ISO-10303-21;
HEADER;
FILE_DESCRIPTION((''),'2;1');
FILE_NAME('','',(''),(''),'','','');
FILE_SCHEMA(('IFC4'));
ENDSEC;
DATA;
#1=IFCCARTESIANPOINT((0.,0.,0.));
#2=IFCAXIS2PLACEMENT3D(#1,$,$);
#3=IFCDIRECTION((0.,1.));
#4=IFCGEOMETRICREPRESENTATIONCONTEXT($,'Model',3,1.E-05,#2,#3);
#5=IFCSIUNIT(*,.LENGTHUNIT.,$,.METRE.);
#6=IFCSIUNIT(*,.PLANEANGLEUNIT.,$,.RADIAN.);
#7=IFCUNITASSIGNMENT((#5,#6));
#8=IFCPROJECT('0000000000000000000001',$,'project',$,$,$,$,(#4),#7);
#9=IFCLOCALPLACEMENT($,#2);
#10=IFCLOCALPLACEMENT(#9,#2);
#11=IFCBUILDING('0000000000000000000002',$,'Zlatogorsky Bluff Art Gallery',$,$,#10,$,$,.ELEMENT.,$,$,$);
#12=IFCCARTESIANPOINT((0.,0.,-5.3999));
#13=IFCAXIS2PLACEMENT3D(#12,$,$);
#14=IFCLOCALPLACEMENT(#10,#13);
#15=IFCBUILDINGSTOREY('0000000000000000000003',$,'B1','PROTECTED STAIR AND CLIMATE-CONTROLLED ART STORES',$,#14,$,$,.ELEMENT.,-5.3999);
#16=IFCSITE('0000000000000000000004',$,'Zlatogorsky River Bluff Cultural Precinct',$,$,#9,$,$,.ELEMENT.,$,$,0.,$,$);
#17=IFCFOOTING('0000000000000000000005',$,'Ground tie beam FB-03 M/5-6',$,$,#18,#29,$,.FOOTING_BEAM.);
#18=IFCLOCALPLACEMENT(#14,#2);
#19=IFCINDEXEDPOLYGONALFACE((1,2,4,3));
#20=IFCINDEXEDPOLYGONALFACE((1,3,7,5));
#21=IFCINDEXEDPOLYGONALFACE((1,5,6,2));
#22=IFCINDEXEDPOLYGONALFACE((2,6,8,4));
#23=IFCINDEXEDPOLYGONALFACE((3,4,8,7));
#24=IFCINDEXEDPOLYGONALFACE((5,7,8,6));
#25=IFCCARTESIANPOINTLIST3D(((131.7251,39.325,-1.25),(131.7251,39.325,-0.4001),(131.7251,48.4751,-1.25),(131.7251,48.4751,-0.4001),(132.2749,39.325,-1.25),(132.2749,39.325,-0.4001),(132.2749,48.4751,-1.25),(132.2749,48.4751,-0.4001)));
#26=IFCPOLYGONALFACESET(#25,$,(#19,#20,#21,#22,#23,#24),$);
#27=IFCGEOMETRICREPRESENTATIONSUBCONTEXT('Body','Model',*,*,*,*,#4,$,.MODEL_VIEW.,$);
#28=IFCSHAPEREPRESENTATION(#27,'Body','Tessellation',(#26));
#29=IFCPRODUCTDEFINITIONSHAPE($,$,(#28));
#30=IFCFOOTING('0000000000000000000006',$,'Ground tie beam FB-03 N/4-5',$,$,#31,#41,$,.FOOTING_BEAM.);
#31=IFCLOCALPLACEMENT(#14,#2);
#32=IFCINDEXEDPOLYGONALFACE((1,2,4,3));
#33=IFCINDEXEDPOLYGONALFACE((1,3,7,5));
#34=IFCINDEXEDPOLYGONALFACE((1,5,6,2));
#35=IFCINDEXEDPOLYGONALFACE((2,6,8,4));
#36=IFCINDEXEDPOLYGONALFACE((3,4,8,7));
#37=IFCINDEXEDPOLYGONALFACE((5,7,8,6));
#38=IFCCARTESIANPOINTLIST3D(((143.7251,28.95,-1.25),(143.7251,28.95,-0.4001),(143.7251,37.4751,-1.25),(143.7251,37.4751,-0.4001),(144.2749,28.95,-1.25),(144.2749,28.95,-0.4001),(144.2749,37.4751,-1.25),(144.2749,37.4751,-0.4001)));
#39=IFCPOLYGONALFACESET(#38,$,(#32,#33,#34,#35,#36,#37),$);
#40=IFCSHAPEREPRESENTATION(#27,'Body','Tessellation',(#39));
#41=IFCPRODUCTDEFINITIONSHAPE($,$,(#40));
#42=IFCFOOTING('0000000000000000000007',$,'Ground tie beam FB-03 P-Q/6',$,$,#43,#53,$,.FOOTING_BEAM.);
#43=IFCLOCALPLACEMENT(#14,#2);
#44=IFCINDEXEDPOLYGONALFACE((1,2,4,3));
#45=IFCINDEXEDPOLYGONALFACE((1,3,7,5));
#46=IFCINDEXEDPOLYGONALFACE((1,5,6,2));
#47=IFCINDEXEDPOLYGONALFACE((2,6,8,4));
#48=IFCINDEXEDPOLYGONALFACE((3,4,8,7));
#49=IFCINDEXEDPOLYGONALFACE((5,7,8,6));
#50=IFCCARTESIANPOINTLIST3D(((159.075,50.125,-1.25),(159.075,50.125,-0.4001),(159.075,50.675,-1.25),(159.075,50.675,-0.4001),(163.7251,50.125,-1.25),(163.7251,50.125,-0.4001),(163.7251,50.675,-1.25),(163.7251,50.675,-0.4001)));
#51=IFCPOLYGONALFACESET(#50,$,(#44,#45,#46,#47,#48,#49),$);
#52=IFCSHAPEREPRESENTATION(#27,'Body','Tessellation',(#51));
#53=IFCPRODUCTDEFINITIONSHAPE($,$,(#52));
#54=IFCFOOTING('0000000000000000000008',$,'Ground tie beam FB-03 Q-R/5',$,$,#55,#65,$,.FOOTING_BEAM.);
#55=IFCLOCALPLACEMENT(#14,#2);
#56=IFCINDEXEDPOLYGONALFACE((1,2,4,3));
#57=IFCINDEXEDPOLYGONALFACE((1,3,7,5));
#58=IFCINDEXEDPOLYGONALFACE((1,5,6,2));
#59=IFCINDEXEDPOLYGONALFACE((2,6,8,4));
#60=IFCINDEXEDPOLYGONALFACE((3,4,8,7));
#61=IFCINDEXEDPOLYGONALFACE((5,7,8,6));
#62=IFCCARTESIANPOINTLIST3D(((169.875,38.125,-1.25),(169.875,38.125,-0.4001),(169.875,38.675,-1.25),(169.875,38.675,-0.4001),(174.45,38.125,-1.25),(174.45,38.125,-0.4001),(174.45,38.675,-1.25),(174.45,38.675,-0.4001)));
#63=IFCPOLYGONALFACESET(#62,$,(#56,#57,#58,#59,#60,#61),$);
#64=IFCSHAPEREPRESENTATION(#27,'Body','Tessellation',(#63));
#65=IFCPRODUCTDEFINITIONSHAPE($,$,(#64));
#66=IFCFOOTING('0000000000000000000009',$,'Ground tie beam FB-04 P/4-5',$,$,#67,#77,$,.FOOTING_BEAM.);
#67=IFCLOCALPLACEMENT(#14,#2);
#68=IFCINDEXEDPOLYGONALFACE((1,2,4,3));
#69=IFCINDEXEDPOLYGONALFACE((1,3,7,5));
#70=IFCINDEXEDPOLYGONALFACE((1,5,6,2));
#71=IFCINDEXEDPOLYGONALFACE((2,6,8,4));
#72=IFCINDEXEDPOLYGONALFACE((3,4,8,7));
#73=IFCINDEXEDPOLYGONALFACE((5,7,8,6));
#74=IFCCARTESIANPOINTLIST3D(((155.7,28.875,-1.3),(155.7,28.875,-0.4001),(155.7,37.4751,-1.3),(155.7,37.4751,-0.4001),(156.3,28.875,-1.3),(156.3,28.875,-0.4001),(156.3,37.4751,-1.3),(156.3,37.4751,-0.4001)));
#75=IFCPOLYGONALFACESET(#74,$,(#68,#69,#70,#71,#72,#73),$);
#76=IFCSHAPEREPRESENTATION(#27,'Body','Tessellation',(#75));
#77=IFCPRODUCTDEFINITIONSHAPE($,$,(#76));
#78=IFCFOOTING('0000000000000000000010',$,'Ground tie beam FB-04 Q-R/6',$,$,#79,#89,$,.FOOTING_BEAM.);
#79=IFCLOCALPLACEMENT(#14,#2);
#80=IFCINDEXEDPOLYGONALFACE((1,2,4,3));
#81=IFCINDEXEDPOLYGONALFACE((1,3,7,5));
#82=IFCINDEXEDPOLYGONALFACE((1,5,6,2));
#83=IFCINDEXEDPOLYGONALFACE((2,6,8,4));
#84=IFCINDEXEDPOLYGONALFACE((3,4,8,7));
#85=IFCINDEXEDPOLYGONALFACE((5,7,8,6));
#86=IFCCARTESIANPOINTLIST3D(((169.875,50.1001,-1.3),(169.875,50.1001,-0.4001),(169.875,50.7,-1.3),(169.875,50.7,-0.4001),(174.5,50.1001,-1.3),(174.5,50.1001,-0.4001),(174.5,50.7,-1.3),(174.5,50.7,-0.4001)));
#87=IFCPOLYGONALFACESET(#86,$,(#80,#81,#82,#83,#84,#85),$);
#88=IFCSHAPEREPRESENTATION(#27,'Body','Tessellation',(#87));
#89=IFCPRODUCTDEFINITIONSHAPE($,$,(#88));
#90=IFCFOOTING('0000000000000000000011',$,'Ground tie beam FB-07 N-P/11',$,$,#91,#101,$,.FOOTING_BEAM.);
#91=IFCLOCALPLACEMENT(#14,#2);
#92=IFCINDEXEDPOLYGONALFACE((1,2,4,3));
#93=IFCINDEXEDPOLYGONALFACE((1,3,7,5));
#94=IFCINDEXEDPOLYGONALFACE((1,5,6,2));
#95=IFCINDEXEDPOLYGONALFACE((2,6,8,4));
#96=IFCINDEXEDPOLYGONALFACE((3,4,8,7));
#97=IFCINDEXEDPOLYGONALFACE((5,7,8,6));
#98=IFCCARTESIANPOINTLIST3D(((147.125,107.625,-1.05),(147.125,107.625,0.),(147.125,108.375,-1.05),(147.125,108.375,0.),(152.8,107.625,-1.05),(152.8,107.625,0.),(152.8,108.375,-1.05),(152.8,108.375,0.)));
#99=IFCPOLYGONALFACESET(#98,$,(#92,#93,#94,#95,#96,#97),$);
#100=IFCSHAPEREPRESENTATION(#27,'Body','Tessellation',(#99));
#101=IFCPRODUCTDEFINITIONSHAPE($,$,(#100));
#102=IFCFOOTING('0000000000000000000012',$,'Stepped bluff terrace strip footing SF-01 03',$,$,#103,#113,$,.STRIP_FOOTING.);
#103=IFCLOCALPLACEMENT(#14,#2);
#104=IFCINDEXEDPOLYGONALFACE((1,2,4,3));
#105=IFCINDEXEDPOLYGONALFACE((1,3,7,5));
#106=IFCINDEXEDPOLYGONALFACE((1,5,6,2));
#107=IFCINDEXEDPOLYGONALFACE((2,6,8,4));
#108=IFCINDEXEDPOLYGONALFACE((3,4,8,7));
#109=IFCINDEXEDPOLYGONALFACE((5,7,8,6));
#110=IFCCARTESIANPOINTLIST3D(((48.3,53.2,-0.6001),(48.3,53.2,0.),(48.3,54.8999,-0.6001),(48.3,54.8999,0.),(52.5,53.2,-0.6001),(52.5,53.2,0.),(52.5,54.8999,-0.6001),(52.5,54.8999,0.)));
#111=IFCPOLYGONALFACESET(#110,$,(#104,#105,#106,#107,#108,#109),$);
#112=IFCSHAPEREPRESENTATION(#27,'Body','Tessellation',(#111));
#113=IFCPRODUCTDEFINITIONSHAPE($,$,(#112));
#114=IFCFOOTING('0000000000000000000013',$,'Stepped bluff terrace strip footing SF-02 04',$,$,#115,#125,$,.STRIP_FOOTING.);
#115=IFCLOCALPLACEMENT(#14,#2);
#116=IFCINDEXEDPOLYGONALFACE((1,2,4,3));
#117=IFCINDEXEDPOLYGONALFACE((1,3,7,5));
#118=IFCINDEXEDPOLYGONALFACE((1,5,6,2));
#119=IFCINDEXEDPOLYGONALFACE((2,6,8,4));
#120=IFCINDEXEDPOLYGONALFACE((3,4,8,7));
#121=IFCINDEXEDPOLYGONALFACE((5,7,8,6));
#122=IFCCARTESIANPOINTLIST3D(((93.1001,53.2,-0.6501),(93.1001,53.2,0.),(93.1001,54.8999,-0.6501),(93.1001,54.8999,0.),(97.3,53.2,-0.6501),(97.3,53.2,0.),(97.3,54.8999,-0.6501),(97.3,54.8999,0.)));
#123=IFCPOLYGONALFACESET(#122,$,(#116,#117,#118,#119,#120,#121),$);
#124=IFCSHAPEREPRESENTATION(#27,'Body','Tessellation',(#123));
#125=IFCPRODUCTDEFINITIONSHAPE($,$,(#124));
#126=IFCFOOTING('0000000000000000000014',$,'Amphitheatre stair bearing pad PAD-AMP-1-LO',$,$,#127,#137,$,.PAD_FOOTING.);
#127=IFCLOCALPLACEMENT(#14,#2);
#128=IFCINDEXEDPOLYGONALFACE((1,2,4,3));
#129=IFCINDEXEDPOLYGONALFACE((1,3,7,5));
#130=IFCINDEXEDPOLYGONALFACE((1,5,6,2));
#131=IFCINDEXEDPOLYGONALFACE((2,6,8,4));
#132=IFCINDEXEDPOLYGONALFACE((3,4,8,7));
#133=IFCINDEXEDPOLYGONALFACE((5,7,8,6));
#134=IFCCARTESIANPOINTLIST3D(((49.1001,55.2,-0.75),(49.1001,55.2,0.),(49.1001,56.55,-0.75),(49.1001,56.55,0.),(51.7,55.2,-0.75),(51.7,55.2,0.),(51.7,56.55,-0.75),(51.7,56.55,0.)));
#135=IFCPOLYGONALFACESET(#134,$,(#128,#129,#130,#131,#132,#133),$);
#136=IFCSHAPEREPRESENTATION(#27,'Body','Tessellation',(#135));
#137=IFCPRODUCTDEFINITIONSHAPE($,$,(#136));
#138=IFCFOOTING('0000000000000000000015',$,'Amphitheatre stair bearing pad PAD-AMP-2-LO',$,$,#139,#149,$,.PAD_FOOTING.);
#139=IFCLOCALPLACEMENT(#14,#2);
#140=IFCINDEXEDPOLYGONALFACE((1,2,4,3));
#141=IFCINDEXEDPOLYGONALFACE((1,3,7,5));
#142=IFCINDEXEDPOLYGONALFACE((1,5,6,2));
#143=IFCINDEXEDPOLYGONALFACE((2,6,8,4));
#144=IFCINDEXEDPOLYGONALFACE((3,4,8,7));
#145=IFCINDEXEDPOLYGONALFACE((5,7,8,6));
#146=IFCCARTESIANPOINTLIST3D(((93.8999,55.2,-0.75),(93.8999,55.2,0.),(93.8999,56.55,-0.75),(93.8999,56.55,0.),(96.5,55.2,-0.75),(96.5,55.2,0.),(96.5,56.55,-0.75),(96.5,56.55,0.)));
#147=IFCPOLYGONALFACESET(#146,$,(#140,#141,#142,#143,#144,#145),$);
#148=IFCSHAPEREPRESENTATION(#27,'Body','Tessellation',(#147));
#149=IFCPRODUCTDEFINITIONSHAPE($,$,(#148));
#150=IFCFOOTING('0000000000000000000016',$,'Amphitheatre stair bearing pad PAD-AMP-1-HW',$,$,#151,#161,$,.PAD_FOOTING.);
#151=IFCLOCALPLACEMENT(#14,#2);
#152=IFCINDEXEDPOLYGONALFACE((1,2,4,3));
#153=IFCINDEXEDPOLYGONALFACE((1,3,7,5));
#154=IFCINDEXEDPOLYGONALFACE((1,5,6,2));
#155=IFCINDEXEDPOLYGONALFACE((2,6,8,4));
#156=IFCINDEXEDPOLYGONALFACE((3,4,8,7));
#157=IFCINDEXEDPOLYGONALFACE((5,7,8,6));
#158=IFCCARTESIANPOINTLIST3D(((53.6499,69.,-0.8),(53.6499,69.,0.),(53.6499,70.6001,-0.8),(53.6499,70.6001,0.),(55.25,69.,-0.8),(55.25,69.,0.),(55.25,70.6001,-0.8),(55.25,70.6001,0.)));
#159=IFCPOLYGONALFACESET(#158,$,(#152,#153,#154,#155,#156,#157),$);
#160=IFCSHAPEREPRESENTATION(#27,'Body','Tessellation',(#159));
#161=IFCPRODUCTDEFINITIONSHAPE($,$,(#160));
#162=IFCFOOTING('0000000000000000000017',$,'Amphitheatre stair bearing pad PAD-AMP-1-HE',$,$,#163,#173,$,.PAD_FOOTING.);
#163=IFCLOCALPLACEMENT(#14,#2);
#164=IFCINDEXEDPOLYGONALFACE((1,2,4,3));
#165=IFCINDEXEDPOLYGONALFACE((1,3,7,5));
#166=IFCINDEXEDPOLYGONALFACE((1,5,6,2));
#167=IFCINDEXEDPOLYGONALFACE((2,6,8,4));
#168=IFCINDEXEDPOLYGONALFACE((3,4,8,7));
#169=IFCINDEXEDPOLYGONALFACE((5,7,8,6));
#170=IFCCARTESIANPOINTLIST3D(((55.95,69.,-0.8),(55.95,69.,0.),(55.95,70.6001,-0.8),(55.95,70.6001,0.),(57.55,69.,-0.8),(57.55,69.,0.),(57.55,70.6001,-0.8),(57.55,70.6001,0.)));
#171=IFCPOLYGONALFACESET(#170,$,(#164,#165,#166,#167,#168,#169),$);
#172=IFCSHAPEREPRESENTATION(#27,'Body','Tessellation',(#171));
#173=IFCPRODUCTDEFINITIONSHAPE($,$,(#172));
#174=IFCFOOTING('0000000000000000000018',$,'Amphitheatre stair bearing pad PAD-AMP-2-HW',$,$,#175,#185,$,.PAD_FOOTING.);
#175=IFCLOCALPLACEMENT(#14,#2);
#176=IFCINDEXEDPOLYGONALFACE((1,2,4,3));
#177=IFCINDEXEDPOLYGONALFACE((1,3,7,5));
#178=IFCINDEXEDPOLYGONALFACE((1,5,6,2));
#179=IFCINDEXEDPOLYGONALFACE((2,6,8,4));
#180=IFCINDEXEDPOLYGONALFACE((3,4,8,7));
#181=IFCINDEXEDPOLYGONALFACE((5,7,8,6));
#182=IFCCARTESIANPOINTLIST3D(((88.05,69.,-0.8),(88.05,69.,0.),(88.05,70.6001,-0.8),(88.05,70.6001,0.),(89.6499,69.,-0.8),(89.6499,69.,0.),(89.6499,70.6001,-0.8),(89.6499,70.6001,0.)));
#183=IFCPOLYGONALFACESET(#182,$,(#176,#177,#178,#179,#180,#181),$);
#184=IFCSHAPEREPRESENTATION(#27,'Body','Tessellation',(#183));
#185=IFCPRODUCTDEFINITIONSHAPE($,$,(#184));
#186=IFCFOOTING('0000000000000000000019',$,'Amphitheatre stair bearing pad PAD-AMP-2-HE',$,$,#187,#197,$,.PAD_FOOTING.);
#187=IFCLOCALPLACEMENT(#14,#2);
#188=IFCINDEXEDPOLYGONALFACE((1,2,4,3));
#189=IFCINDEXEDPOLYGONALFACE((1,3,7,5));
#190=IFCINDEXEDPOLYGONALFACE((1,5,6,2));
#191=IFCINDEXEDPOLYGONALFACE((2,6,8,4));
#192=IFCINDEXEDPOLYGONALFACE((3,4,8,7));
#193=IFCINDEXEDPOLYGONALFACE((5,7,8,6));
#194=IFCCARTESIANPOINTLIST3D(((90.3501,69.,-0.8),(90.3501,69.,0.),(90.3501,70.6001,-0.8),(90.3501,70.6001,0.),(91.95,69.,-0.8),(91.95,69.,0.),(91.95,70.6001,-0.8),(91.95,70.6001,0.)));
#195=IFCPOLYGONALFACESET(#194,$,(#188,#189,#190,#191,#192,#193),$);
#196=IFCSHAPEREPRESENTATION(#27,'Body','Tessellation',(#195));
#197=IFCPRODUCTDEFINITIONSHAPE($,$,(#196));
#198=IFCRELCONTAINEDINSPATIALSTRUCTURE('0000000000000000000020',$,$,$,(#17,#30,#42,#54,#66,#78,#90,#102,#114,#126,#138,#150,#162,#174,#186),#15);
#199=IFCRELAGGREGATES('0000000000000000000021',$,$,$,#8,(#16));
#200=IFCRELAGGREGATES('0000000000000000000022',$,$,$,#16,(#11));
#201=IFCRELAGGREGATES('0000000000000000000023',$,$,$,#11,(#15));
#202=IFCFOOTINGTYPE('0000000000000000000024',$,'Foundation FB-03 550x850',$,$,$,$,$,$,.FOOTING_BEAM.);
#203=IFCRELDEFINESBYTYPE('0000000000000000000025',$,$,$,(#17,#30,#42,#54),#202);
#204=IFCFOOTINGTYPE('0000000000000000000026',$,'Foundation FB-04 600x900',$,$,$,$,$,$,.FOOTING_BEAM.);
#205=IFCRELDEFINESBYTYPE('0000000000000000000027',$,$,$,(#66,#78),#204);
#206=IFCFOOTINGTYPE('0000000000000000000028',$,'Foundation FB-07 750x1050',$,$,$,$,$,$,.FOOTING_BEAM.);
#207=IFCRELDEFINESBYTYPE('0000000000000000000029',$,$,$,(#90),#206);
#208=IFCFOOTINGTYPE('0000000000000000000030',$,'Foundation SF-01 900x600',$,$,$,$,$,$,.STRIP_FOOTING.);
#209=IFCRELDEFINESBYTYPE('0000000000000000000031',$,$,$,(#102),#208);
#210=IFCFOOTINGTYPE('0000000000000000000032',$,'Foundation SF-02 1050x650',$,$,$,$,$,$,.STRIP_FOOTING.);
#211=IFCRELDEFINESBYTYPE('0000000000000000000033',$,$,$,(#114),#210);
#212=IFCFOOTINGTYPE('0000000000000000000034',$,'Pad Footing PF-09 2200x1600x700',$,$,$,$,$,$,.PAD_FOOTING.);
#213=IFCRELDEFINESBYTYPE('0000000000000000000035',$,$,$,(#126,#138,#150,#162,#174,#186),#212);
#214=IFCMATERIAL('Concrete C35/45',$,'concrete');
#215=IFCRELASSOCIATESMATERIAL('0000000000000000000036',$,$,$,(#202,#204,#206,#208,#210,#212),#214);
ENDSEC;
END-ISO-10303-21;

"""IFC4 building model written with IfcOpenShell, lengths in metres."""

from ifc_helpers import new_model, si_unit, direction, frame, origin, place, context, subcontext, project, spatial, polyline, outline, extrude, material, type_object, element, save


model = new_model("IFC4")

# Units and contexts
model_context = context("Model", 3, precision=1e-05, world=origin(), true_north=direction((0.0, 1.0)))
body_context = subcontext(model_context, "Body", "Model", "MODEL_VIEW")
ifc_project = project(units=[si_unit("LENGTHUNIT", "METRE"), si_unit("PLANEANGLEUNIT", "RADIAN")], contexts=[model_context])

# Site, building, storey
site_placement = place(None, origin())
site = spatial("IfcSite", under=ifc_project, at=site_placement, Name="Zlatogorsky River Bluff Cultural Precinct", CompositionType="ELEMENT", RefElevation=0.0)
building_placement = place(site_placement, origin())
building = spatial("IfcBuilding", under=site, at=building_placement, Name="Zlatogorsky Bluff Art Gallery", CompositionType="ELEMENT")
storey_placement = place(building_placement, frame((0.0, 0.0, -5.3999)))
storey = spatial("IfcBuildingStorey", under=building, at=storey_placement, Name="B1", Description="PROTECTED STAIR AND CLIMATE-CONTROLLED ART STORES", CompositionType="ELEMENT", Elevation=-5.3999)

# Footings
ifc_material = material(Name="Concrete C35/45", Category="concrete")
footing_type_1 = type_object("IfcFootingType", Name="Foundation FB-03 550x850", PredefinedType="FOOTING_BEAM", material=ifc_material)
footing_1_placement = place(storey_placement, frame((0.0, 0.0, -1.25)))
element("IfcFooting", 1, at=footing_1_placement, inside=storey, type_object=footing_type_1, Name="Ground tie beam FB-03 M/5-6", PredefinedType="FOOTING_BEAM", context=body_context, shape_type="SweptSolid", body=[
    extrude(outline(polyline([(131.7251, 39.325), (132.2749, 39.325), (132.2749, 48.4751), (131.7251, 48.4751), (131.7251, 39.325)])), origin(), (0.0, 0.0, 1.0), 0.8499),
])
footing_2_placement = place(storey_placement, frame((0.0, 0.0, -1.25)))
element("IfcFooting", 2, at=footing_2_placement, inside=storey, type_object=footing_type_1, Name="Ground tie beam FB-03 N/4-5", PredefinedType="FOOTING_BEAM", context=body_context, shape_type="SweptSolid", body=[
    extrude(outline(polyline([(143.7251, 28.95), (144.2749, 28.95), (144.2749, 37.4751), (143.7251, 37.4751), (143.7251, 28.95)])), origin(), (0.0, 0.0, 1.0), 0.8499),
])
footing_3_placement = place(storey_placement, frame((0.0, 0.0, -1.25)))
element("IfcFooting", 3, at=footing_3_placement, inside=storey, type_object=footing_type_1, Name="Ground tie beam FB-03 P-Q/6", PredefinedType="FOOTING_BEAM", context=body_context, shape_type="SweptSolid", body=[
    extrude(outline(polyline([(159.075, 50.125), (163.7251, 50.125), (163.7251, 50.675), (159.075, 50.675), (159.075, 50.125)])), origin(), (0.0, 0.0, 1.0), 0.8499),
])
footing_4_placement = place(storey_placement, frame((0.0, 0.0, -1.25)))
element("IfcFooting", 4, at=footing_4_placement, inside=storey, type_object=footing_type_1, Name="Ground tie beam FB-03 Q-R/5", PredefinedType="FOOTING_BEAM", context=body_context, shape_type="SweptSolid", body=[
    extrude(outline(polyline([(169.875, 38.125), (174.45, 38.125), (174.45, 38.675), (169.875, 38.675), (169.875, 38.125)])), origin(), (0.0, 0.0, 1.0), 0.8499),
])
footing_type_2 = type_object("IfcFootingType", Name="Foundation FB-04 600x900", PredefinedType="FOOTING_BEAM", material=ifc_material)
footing_5_placement = place(storey_placement, frame((0.0, 0.0, -1.3)))
element("IfcFooting", 5, at=footing_5_placement, inside=storey, type_object=footing_type_2, Name="Ground tie beam FB-04 P/4-5", PredefinedType="FOOTING_BEAM", context=body_context, shape_type="SweptSolid", body=[
    extrude(outline(polyline([(155.7, 28.875), (156.3, 28.875), (156.3, 37.4751), (155.7, 37.4751), (155.7, 28.875)])), origin(), (0.0, 0.0, 1.0), 0.8999),
])
footing_6_placement = place(storey_placement, frame((0.0, 0.0, -1.3)))
element("IfcFooting", 6, at=footing_6_placement, inside=storey, type_object=footing_type_2, Name="Ground tie beam FB-04 Q-R/6", PredefinedType="FOOTING_BEAM", context=body_context, shape_type="SweptSolid", body=[
    extrude(outline(polyline([(169.875, 50.1001), (174.5, 50.1001), (174.5, 50.7), (169.875, 50.7), (169.875, 50.1001)])), origin(), (0.0, 0.0, 1.0), 0.8999),
])
footing_type_3 = type_object("IfcFootingType", Name="Foundation FB-07 750x1050", PredefinedType="FOOTING_BEAM", material=ifc_material)
footing_7_placement = place(storey_placement, frame((0.0, 0.0, -1.05)))
element("IfcFooting", 7, at=footing_7_placement, inside=storey, type_object=footing_type_3, Name="Ground tie beam FB-07 N-P/11", PredefinedType="FOOTING_BEAM", context=body_context, shape_type="SweptSolid", body=[
    extrude(outline(polyline([(147.125, 107.625), (152.8, 107.625), (152.8, 108.375), (147.125, 108.375), (147.125, 107.625)])), origin(), (0.0, 0.0, 1.0), 1.05),
])
footing_type_4 = type_object("IfcFootingType", Name="Foundation SF-01 900x600", PredefinedType="STRIP_FOOTING", material=ifc_material)
footing_8_placement = place(storey_placement, frame((0.0, 0.0, -0.6001)))
element("IfcFooting", 8, at=footing_8_placement, inside=storey, type_object=footing_type_4, Name="Stepped bluff terrace strip footing SF-01 03", PredefinedType="STRIP_FOOTING", context=body_context, shape_type="SweptSolid", body=[
    extrude(outline(polyline([(48.3, 53.2), (48.3, 54.8999), (52.5, 54.8999), (52.5, 53.2), (48.3, 53.2)])), origin(), (0.0, 0.0, 1.0), 0.6001),
])
footing_type_5 = type_object("IfcFootingType", Name="Foundation SF-02 1050x650", PredefinedType="STRIP_FOOTING", material=ifc_material)
footing_9_placement = place(storey_placement, frame((0.0, 0.0, -0.6501)))
element("IfcFooting", 9, at=footing_9_placement, inside=storey, type_object=footing_type_5, Name="Stepped bluff terrace strip footing SF-02 04", PredefinedType="STRIP_FOOTING", context=body_context, shape_type="SweptSolid", body=[
    extrude(outline(polyline([(93.1001, 53.2), (93.1001, 54.8999), (97.3, 54.8999), (97.3, 53.2), (93.1001, 53.2)])), origin(), (0.0, 0.0, 1.0), 0.6501),
])
footing_type_6 = type_object("IfcFootingType", Name="Pad Footing PF-09 2200x1600x700", PredefinedType="PAD_FOOTING", material=ifc_material)
footing_10_placement = place(storey_placement, frame((0.0, 0.0, -0.75)))
element("IfcFooting", 10, at=footing_10_placement, inside=storey, type_object=footing_type_6, Name="Amphitheatre stair bearing pad PAD-AMP-1-LO", PredefinedType="PAD_FOOTING", context=body_context, shape_type="SweptSolid", body=[
    extrude(outline(polyline([(49.1001, 55.2), (51.7, 55.2), (51.7, 56.55), (49.1001, 56.55), (49.1001, 55.2)])), origin(), (0.0, 0.0, 1.0), 0.75),
])
footing_11_placement = place(storey_placement, frame((0.0, 0.0, -0.75)))
element("IfcFooting", 11, at=footing_11_placement, inside=storey, type_object=footing_type_6, Name="Amphitheatre stair bearing pad PAD-AMP-2-LO", PredefinedType="PAD_FOOTING", context=body_context, shape_type="SweptSolid", body=[
    extrude(outline(polyline([(93.8999, 55.2), (96.5, 55.2), (96.5, 56.55), (93.8999, 56.55), (93.8999, 55.2)])), origin(), (0.0, 0.0, 1.0), 0.75),
])
footing_12_placement = place(storey_placement, frame((0.0, 0.0, -0.8)))
element("IfcFooting", 12, at=footing_12_placement, inside=storey, type_object=footing_type_6, Name="Amphitheatre stair bearing pad PAD-AMP-1-HW", PredefinedType="PAD_FOOTING", context=body_context, shape_type="SweptSolid", body=[
    extrude(outline(polyline([(53.6499, 69.0), (55.25, 69.0), (55.25, 70.6001), (53.6499, 70.6001), (53.6499, 69.0)])), origin(), (0.0, 0.0, 1.0), 0.8),
])
footing_13_placement = place(storey_placement, frame((0.0, 0.0, -0.8)))
element("IfcFooting", 13, at=footing_13_placement, inside=storey, type_object=footing_type_6, Name="Amphitheatre stair bearing pad PAD-AMP-1-HE", PredefinedType="PAD_FOOTING", context=body_context, shape_type="SweptSolid", body=[
    extrude(outline(polyline([(55.95, 69.0), (57.55, 69.0), (57.55, 70.6001), (55.95, 70.6001), (55.95, 69.0)])), origin(), (0.0, 0.0, 1.0), 0.8),
])
footing_14_placement = place(storey_placement, frame((0.0, 0.0, -0.8)))
element("IfcFooting", 14, at=footing_14_placement, inside=storey, type_object=footing_type_6, Name="Amphitheatre stair bearing pad PAD-AMP-2-HW", PredefinedType="PAD_FOOTING", context=body_context, shape_type="SweptSolid", body=[
    extrude(outline(polyline([(88.05, 69.0), (89.6499, 69.0), (89.6499, 70.6001), (88.05, 70.6001), (88.05, 69.0)])), origin(), (0.0, 0.0, 1.0), 0.8),
])
footing_15_placement = place(storey_placement, frame((0.0, 0.0, -0.8)))
element("IfcFooting", 15, at=footing_15_placement, inside=storey, type_object=footing_type_6, Name="Amphitheatre stair bearing pad PAD-AMP-2-HE", PredefinedType="PAD_FOOTING", context=body_context, shape_type="SweptSolid", body=[
    extrude(outline(polyline([(90.3501, 69.0), (91.95, 69.0), (91.95, 70.6001), (90.3501, 70.6001), (90.3501, 69.0)])), origin(), (0.0, 0.0, 1.0), 0.8),
])

save(model, "model.ifc")
